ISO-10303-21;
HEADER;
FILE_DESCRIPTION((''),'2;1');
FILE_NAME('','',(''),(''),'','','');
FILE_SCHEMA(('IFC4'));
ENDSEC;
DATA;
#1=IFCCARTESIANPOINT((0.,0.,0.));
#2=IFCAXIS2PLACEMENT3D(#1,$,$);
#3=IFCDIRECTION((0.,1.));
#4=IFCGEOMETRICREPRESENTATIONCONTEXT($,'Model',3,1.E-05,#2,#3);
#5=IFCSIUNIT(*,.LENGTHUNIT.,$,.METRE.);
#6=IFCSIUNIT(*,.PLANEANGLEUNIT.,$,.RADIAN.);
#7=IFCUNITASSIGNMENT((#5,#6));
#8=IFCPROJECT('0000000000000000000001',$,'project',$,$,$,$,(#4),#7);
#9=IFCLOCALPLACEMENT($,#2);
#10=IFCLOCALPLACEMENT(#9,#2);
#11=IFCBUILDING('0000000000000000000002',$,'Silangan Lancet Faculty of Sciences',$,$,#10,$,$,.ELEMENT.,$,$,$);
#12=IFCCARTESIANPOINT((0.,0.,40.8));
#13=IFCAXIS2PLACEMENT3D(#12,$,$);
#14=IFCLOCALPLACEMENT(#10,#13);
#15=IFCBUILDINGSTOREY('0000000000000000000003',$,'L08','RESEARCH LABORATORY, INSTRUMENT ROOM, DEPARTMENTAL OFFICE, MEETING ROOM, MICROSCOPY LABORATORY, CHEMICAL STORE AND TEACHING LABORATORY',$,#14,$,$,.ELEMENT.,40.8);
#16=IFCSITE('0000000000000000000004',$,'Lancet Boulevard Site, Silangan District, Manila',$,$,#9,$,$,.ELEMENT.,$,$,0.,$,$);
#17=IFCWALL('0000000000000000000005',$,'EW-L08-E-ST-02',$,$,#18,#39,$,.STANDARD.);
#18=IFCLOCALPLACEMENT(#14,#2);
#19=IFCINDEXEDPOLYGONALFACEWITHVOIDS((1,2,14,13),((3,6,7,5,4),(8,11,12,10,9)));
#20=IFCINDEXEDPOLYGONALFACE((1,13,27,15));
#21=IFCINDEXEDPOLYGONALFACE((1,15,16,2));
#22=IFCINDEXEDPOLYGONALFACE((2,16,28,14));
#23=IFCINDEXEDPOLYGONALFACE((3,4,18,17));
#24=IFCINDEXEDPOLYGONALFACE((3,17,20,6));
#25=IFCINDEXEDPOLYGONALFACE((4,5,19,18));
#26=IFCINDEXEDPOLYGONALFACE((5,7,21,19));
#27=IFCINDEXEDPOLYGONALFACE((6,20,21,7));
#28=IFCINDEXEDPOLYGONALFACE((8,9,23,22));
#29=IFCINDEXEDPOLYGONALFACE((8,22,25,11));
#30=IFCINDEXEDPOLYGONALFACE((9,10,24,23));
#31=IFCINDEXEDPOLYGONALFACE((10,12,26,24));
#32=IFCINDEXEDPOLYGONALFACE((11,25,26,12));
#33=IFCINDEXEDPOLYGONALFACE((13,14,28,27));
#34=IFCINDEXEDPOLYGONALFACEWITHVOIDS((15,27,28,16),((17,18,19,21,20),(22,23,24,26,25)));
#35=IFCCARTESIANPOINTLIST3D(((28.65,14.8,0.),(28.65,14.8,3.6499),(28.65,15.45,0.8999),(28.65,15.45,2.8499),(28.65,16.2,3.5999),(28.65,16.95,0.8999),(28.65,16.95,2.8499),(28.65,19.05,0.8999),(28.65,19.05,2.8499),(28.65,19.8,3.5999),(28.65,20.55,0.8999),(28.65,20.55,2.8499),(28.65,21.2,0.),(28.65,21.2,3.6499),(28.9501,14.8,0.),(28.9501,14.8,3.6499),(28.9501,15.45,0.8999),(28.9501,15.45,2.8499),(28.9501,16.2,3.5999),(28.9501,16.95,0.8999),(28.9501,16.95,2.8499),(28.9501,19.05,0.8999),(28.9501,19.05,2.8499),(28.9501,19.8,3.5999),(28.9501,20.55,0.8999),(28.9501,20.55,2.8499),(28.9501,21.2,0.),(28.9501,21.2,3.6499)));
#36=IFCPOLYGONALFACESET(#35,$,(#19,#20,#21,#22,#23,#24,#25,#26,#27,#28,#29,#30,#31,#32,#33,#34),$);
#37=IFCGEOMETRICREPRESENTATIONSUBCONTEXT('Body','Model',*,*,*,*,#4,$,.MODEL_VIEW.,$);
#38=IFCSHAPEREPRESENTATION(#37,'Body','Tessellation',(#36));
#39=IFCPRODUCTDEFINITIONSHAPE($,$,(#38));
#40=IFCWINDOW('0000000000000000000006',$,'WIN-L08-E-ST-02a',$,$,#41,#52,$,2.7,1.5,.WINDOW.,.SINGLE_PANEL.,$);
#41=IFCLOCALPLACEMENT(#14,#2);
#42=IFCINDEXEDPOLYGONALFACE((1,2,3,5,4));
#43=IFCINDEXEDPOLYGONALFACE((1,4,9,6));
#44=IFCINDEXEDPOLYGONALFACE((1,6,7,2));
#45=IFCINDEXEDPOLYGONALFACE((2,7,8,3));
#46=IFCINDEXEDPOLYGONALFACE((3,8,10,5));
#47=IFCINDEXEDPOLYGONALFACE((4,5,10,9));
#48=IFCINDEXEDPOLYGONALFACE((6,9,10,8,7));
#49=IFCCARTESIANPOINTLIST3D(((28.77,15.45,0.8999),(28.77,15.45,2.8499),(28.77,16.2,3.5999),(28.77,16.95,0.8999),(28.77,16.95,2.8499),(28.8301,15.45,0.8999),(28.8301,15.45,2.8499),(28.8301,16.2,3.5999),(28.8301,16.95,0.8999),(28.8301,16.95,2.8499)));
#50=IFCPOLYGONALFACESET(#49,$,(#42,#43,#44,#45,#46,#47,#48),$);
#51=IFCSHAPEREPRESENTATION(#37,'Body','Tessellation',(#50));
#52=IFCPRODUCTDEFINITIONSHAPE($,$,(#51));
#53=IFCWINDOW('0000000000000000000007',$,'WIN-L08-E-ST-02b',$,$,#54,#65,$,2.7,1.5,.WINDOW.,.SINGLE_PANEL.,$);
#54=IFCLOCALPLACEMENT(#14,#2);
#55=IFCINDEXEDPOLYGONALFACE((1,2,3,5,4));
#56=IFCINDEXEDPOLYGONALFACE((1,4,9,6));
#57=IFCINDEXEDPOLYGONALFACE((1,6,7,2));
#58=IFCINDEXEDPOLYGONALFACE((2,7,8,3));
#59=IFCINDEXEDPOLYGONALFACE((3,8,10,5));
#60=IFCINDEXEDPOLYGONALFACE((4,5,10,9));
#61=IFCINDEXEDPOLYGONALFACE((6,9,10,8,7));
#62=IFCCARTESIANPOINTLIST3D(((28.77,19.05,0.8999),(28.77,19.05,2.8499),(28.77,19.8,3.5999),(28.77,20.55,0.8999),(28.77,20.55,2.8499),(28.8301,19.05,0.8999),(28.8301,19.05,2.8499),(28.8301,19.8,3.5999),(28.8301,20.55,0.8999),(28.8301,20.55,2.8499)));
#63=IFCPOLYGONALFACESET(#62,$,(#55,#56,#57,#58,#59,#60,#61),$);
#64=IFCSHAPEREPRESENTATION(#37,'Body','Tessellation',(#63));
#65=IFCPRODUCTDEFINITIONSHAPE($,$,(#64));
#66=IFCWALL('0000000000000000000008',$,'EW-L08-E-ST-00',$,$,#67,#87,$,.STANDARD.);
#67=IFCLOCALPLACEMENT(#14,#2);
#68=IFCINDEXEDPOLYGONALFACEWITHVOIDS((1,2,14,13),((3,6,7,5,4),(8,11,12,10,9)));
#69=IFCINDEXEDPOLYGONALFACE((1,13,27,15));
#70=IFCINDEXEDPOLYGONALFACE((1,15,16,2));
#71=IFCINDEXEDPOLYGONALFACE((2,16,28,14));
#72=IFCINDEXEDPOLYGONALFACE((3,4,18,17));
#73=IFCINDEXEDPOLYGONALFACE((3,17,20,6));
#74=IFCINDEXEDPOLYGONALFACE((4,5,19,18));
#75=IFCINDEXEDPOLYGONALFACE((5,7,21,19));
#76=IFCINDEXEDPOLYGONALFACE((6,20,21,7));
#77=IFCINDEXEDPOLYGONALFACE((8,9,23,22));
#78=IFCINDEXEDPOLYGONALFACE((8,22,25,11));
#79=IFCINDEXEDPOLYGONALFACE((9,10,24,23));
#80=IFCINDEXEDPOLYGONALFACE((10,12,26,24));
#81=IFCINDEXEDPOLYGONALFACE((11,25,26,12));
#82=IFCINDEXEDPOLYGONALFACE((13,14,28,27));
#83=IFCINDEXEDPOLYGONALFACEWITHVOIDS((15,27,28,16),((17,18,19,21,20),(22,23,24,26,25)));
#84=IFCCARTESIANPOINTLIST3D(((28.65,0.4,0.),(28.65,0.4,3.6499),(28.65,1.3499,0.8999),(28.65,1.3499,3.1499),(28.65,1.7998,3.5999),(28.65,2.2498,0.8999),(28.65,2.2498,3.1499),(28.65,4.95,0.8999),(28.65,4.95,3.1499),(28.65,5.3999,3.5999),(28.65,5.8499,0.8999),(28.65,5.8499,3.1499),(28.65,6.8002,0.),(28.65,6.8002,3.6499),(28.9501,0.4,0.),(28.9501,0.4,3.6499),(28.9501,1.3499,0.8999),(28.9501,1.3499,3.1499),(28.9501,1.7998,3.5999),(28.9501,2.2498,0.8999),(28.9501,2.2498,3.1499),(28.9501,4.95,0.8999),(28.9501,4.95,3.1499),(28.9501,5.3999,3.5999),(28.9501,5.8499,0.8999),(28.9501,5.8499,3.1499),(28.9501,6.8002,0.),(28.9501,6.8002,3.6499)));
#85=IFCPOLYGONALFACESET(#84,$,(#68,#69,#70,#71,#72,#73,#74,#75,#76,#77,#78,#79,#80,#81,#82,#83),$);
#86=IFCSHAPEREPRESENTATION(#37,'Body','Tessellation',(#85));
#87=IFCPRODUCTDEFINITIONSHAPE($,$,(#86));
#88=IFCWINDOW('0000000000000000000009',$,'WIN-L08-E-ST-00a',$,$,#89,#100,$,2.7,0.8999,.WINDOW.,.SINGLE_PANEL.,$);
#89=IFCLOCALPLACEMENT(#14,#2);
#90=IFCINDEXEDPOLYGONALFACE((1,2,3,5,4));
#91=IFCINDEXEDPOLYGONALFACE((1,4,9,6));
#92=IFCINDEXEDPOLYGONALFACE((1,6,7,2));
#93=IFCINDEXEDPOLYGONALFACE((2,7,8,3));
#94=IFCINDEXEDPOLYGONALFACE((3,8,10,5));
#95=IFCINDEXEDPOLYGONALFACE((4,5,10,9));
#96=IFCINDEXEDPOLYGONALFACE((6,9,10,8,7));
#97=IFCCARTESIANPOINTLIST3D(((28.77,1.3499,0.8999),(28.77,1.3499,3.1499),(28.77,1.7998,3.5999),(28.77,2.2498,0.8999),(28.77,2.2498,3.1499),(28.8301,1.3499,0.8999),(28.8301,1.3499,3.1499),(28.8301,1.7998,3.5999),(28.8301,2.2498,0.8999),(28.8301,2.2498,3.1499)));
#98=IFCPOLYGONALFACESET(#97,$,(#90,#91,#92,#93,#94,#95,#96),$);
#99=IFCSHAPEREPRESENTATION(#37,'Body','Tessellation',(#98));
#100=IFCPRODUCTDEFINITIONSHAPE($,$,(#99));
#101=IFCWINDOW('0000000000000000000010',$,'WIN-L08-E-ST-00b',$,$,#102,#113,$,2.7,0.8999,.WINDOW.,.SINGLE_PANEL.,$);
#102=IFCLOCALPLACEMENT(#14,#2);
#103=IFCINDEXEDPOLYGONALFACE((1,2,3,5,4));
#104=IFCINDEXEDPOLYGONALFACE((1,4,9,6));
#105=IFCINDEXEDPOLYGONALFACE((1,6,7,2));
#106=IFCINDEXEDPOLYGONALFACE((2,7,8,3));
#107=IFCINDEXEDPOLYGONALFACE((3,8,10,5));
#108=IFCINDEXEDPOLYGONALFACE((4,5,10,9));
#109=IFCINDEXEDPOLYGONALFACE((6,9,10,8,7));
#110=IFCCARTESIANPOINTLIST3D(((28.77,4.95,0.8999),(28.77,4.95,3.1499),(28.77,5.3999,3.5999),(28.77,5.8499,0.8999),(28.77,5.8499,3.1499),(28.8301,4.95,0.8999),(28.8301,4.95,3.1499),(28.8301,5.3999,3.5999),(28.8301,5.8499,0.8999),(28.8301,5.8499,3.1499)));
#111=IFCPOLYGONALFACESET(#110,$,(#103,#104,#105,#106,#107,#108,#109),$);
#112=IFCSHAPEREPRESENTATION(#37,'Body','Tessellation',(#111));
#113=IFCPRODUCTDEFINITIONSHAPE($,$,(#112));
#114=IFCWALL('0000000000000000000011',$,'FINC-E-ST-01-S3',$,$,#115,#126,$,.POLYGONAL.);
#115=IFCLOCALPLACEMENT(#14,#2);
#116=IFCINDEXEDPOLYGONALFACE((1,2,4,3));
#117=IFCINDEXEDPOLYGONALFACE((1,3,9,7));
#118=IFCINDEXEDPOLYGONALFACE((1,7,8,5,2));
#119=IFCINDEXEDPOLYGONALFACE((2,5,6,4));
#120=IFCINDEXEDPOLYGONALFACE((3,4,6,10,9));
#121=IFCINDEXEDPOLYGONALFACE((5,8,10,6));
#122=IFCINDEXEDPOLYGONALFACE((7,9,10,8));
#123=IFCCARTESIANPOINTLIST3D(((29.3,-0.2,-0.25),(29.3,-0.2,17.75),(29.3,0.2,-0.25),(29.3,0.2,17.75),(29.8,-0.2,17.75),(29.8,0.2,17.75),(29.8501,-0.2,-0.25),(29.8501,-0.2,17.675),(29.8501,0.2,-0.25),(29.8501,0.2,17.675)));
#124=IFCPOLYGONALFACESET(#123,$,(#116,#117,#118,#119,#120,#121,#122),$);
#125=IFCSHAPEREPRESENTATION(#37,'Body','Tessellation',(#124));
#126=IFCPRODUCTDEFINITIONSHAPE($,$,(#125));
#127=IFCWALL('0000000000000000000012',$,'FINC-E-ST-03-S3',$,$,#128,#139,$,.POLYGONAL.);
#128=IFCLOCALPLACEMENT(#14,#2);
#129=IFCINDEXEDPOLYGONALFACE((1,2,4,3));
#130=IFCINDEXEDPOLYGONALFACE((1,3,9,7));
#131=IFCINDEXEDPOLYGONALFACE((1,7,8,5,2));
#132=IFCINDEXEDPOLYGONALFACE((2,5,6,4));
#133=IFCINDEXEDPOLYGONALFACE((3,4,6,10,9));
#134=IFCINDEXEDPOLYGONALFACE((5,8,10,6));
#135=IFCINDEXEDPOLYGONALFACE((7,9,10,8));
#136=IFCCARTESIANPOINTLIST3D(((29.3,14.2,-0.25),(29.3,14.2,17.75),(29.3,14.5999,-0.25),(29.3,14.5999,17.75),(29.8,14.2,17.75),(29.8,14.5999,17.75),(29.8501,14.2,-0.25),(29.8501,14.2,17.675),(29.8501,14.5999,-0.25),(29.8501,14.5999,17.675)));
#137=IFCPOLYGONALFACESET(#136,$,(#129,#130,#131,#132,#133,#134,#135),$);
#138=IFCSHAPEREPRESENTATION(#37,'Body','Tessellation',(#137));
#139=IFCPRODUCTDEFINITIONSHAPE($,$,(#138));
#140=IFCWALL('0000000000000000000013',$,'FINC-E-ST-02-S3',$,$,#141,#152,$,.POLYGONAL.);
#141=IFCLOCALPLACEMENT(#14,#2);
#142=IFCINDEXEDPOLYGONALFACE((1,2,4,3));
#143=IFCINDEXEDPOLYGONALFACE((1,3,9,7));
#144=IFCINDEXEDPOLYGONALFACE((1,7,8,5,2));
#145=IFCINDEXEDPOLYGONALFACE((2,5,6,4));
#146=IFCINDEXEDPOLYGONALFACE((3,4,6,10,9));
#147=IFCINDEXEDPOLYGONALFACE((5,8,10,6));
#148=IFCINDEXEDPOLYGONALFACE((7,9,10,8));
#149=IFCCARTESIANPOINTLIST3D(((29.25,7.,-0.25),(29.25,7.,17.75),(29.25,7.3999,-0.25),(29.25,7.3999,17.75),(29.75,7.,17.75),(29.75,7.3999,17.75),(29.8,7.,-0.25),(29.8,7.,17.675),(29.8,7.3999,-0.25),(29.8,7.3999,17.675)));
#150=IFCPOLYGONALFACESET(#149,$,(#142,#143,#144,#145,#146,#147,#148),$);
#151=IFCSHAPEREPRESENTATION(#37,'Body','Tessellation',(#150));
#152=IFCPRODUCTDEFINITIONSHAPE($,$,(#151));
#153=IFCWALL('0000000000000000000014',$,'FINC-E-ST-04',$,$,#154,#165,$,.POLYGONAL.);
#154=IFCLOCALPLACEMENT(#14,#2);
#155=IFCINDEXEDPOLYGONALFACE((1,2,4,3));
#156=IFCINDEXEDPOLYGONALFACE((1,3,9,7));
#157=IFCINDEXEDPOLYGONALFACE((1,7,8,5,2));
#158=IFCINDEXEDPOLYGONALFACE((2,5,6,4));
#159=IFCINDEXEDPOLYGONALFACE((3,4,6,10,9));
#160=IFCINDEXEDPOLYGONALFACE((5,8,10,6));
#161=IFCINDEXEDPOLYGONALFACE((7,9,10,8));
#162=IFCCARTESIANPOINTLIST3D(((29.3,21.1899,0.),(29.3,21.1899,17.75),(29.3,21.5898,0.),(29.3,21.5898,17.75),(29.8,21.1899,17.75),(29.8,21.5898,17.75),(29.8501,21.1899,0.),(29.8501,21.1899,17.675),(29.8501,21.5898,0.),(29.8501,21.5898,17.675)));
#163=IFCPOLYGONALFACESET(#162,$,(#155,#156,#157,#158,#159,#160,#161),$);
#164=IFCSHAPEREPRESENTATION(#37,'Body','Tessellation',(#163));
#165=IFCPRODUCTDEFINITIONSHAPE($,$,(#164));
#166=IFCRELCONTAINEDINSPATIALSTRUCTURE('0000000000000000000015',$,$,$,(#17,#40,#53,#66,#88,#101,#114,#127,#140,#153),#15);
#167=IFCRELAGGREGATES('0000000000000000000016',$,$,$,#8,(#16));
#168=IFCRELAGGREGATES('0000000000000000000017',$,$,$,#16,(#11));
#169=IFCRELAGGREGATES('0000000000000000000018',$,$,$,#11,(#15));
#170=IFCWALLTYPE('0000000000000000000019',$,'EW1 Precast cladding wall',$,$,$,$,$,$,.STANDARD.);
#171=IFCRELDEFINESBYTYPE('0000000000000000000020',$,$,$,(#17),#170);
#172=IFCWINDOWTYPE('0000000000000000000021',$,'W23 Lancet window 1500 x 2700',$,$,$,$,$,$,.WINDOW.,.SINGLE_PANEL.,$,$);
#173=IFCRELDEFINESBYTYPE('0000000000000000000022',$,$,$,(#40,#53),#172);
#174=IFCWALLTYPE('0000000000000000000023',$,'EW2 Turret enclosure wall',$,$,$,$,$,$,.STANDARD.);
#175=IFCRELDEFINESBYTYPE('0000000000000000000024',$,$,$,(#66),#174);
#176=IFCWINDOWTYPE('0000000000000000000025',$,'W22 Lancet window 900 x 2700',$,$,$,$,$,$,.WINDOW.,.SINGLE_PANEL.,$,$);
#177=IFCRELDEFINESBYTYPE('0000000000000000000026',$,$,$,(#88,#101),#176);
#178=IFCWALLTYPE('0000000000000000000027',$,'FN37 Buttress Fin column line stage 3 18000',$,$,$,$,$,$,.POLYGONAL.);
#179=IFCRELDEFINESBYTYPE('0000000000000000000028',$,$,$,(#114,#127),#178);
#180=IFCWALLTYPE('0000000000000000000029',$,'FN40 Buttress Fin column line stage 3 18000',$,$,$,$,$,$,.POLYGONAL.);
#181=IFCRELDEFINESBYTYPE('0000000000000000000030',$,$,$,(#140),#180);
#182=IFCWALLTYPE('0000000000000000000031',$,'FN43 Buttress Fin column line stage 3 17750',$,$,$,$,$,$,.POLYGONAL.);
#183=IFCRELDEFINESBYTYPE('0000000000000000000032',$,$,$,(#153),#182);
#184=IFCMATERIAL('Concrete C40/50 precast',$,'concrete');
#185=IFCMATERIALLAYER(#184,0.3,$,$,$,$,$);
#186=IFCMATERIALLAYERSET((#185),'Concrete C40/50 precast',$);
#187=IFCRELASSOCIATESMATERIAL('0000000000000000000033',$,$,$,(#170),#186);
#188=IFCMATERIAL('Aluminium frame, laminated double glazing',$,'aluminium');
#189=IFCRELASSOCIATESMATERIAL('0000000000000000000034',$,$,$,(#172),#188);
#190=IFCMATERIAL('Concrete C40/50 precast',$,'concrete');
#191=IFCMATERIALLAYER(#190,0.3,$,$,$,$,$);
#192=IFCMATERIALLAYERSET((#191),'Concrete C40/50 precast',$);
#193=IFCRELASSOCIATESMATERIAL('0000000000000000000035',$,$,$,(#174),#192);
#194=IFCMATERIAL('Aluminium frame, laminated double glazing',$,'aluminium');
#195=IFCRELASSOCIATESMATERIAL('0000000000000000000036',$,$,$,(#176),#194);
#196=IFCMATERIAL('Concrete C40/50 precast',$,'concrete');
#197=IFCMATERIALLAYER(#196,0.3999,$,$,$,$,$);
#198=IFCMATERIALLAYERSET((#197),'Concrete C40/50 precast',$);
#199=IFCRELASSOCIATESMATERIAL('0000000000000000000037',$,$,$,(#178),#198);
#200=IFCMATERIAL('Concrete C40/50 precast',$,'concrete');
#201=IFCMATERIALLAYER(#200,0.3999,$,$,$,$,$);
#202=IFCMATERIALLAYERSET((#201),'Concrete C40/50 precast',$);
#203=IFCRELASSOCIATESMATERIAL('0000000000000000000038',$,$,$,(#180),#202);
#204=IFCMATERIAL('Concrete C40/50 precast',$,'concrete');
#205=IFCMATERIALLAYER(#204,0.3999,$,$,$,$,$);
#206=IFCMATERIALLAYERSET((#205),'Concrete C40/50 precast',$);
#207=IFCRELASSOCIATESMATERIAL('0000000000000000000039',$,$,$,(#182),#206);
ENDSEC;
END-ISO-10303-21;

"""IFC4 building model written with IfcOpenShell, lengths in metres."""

from ifc_helpers import new_model, si_unit, direction, frame, frame_2d, origin, place, context, subcontext, project, spatial, polyline, rectangle, outline, extrude, material, layer, layer_set, type_object, element, fill, save


model = new_model("IFC4")

# Units and contexts
model_context = context("Model", 3, precision=1e-05, world=origin(), true_north=direction((0.0, 1.0)))
body_context = subcontext(model_context, "Body", "Model", "MODEL_VIEW")
ifc_project = project(units=[si_unit("LENGTHUNIT", "METRE"), si_unit("PLANEANGLEUNIT", "RADIAN")], contexts=[model_context])

# Site, building, storey
site_placement = place(None, origin())
site = spatial("IfcSite", under=ifc_project, at=site_placement, Name="Lancet Boulevard Site, Silangan District, Manila", CompositionType="ELEMENT", RefElevation=0.0)
building_placement = place(site_placement, origin())
building = spatial("IfcBuilding", under=site, at=building_placement, Name="Silangan Lancet Faculty of Sciences", CompositionType="ELEMENT")
storey_placement = place(building_placement, frame((0.0, 0.0, 40.8)))
storey = spatial("IfcBuildingStorey", under=building, at=storey_placement, Name="L08", Description="RESEARCH LABORATORY, INSTRUMENT ROOM, DEPARTMENTAL OFFICE, MEETING ROOM, MICROSCOPY LABORATORY, CHEMICAL STORE AND TEACHING LABORATORY", CompositionType="ELEMENT", Elevation=40.8)

# Shared definitions
ifc_material_1 = material(Name="Concrete C40/50 precast", Category="concrete")
ifc_layer_1 = layer(ifc_material_1, 0.3)
ifc_layer_set_1 = layer_set([ifc_layer_1], Name="Concrete C40/50 precast")
wall_type_1 = type_object("IfcWallType", Name="EW1 Precast cladding wall", PredefinedType="STANDARD", material=ifc_layer_set_1)
ifc_material_2 = material(Name="Aluminium frame, laminated double glazing", Category="aluminium")
window_type_1 = type_object("IfcWindowType", Name="W23 Lancet window 1500 x 2700", PartitioningType="SINGLE_PANEL", PredefinedType="WINDOW", material=ifc_material_2)

# Walls, openings, windows
wall_1_placement = place(storey_placement, frame((28.8, 14.8, 0.0), z_axis=(0.0, 0.0, 1.0), x_axis=(0.0, 1.0, 0.0)))
wall_1 = element("IfcWall", 1, at=wall_1_placement, inside=storey, type_object=wall_type_1, Name="EW-L08-E-ST-02", PredefinedType="STANDARD", context=body_context, shape_type="SweptSolid", body=[
    extrude(rectangle(XDim=6.3999, YDim=0.3, at=frame_2d((3.2, 0.0))), origin(), (0.0, 0.0, 1.0), 3.6499),
])
opening_1_placement = place(wall_1_placement, frame((0.6499, 0.0, 0.8999)))
opening_1 = element("IfcOpeningElement", 2, at=opening_1_placement, cuts=wall_1, PredefinedType="OPENING", context=body_context, shape_type="SweptSolid", body=[
    extrude(outline(polyline([(0.0, 0.0), (1.5, 0.0), (1.5, 1.95), (0.75, 2.7), (0.0, 1.95), (0.0, 0.0)])), frame((0.0, 0.1599, 0.0), z_axis=(0.0, -1.0, 0.0), x_axis=(1.0, 0.0, 0.0)), (0.0, 0.0, 1.0), 0.3201),
])
opening_2_placement = place(wall_1_placement, frame((4.25, 0.0, 0.8999)))
opening_2 = element("IfcOpeningElement", 3, at=opening_2_placement, cuts=wall_1, PredefinedType="OPENING", context=body_context, shape_type="SweptSolid", body=[
    extrude(outline(polyline([(0.0, 0.0), (1.5, 0.0), (1.5, 1.95), (0.75, 2.7), (0.0, 1.95), (0.0, 0.0)])), frame((0.0, 0.1599, 0.0), z_axis=(0.0, -1.0, 0.0), x_axis=(1.0, 0.0, 0.0)), (0.0, 0.0, 1.0), 0.3201),
])
window_1_placement = place(opening_1_placement, origin())
window_1 = element("IfcWindow", 4, at=window_1_placement, inside=storey, type_object=window_type_1, Name="WIN-L08-E-ST-02a", OverallHeight=2.7, OverallWidth=1.5, PartitioningType="SINGLE_PANEL", PredefinedType="WINDOW", context=body_context, shape_type="SweptSolid", body=[
    extrude(outline(polyline([(0.0, 0.0), (1.5, 0.0), (1.5, 1.95), (0.75, 2.7), (0.0, 1.95), (0.0, 0.0)])), frame((0.0, 0.03, 0.0), z_axis=(0.0, -1.0, 0.0), x_axis=(1.0, 0.0, 0.0)), (0.0, 0.0, 1.0), 0.0601),
])
fill(opening_1, window_1)
window_2_placement = place(opening_2_placement, origin())
window_2 = element("IfcWindow", 5, at=window_2_placement, inside=storey, type_object=window_type_1, Name="WIN-L08-E-ST-02b", OverallHeight=2.7, OverallWidth=1.5, PartitioningType="SINGLE_PANEL", PredefinedType="WINDOW", context=body_context, shape_type="SweptSolid", body=[
    extrude(outline(polyline([(0.0, 0.0), (1.5, 0.0), (1.5, 1.95), (0.75, 2.7), (0.0, 1.95), (0.0, 0.0)])), frame((0.0, 0.03, 0.0), z_axis=(0.0, -1.0, 0.0), x_axis=(1.0, 0.0, 0.0)), (0.0, 0.0, 1.0), 0.0601),
])
fill(opening_2, window_2)
ifc_material_3 = material(Name="Concrete C40/50 precast", Category="concrete")
ifc_layer_2 = layer(ifc_material_3, 0.3)
ifc_layer_set_2 = layer_set([ifc_layer_2], Name="Concrete C40/50 precast")
wall_type_2 = type_object("IfcWallType", Name="EW2 Turret enclosure wall", PredefinedType="STANDARD", material=ifc_layer_set_2)
wall_2_placement = place(storey_placement, frame((28.8, 0.3999, 0.0), z_axis=(0.0, 0.0, 1.0), x_axis=(0.0, 1.0, 0.0)))
wall_2 = element("IfcWall", 6, at=wall_2_placement, inside=storey, type_object=wall_type_2, Name="EW-L08-E-ST-00", PredefinedType="STANDARD", context=body_context, shape_type="SweptSolid", body=[
    extrude(rectangle(XDim=6.4001, YDim=0.3, at=frame_2d((3.2002, 0.0))), origin(), (0.0, 0.0, 1.0), 3.6499),
])
opening_3_placement = place(wall_2_placement, frame((0.95, 0.0, 0.8999)))
opening_3 = element("IfcOpeningElement", 7, at=opening_3_placement, cuts=wall_2, PredefinedType="OPENING", context=body_context, shape_type="SweptSolid", body=[
    extrude(outline(polyline([(0.0, 0.0), (0.8999, 0.0), (0.8999, 2.25), (0.45, 2.7), (0.0, 2.25), (0.0, 0.0)])), frame((0.0, 0.1599, 0.0), z_axis=(0.0, -1.0, 0.0), x_axis=(1.0, 0.0, 0.0)), (0.0, 0.0, 1.0), 0.3201),
])
opening_4_placement = place(wall_2_placement, frame((4.55, 0.0, 0.8999)))
opening_4 = element("IfcOpeningElement", 8, at=opening_4_placement, cuts=wall_2, PredefinedType="OPENING", context=body_context, shape_type="SweptSolid", body=[
    extrude(outline(polyline([(0.0, 0.0), (0.8999, 0.0), (0.8999, 2.25), (0.45, 2.7), (0.0, 2.25), (0.0, 0.0)])), frame((0.0, 0.1599, 0.0), z_axis=(0.0, -1.0, 0.0), x_axis=(1.0, 0.0, 0.0)), (0.0, 0.0, 1.0), 0.3201),
])
ifc_material_4 = material(Name="Aluminium frame, laminated double glazing", Category="aluminium")
window_type_2 = type_object("IfcWindowType", Name="W22 Lancet window 900 x 2700", PartitioningType="SINGLE_PANEL", PredefinedType="WINDOW", material=ifc_material_4)
window_3_placement = place(opening_3_placement, origin())
window_3 = element("IfcWindow", 9, at=window_3_placement, inside=storey, type_object=window_type_2, Name="WIN-L08-E-ST-00a", OverallHeight=2.7, OverallWidth=0.8999, PartitioningType="SINGLE_PANEL", PredefinedType="WINDOW", context=body_context, shape_type="SweptSolid", body=[
    extrude(outline(polyline([(0.0, 0.0), (0.8999, 0.0), (0.8999, 2.25), (0.45, 2.7), (0.0, 2.25), (0.0, 0.0)])), frame((0.0, 0.03, 0.0), z_axis=(0.0, -1.0, 0.0), x_axis=(1.0, 0.0, 0.0)), (0.0, 0.0, 1.0), 0.0601),
])
fill(opening_3, window_3)
window_4_placement = place(opening_4_placement, origin())
window_4 = element("IfcWindow", 10, at=window_4_placement, inside=storey, type_object=window_type_2, Name="WIN-L08-E-ST-00b", OverallHeight=2.7, OverallWidth=0.8999, PartitioningType="SINGLE_PANEL", PredefinedType="WINDOW", context=body_context, shape_type="SweptSolid", body=[
    extrude(outline(polyline([(0.0, 0.0), (0.8999, 0.0), (0.8999, 2.25), (0.45, 2.7), (0.0, 2.25), (0.0, 0.0)])), frame((0.0, 0.03, 0.0), z_axis=(0.0, -1.0, 0.0), x_axis=(1.0, 0.0, 0.0)), (0.0, 0.0, 1.0), 0.0601),
])
fill(opening_4, window_4)

# Walls
ifc_material_5 = material(Name="Concrete C40/50 precast", Category="concrete")
ifc_layer_3 = layer(ifc_material_5, 0.3999)
ifc_layer_set_3 = layer_set([ifc_layer_3], Name="Concrete C40/50 precast")
wall_type_3 = type_object("IfcWallType", Name="FN37 Buttress Fin column line stage 3 18000", PredefinedType="POLYGONAL", material=ifc_layer_set_3)
for number, where, z_axis, x_axis, name in (
    (11, (29.3, 0.0, -0.25), (0.0, 0.0, 1.0), (1.0, 0.0, 0.0), "FINC-E-ST-01-S3"),
    (12, (29.3, 14.3999, -0.25), (0.0, 0.0, 1.0), (1.0, 0.0, 0.0), "FINC-E-ST-03-S3"),
):
    element("IfcWall", number, at=place(storey_placement, frame(where, z_axis=z_axis, x_axis=x_axis)), inside=storey, type_object=wall_type_3, Name=name, PredefinedType="POLYGONAL", context=body_context, shape_type="SweptSolid", body=[
        extrude(outline(polyline([(0.55, 0.0), (0.55, 17.925), (0.5, 18.0), (0.0, 18.0), (0.0, 0.0), (0.55, 0.0)])), frame((0.0, 0.2, 0.0), z_axis=(0.0, -1.0, 0.0), x_axis=(1.0, 0.0, 0.0)), (0.0, 0.0, 1.0), 0.3999),
    ])
ifc_material_6 = material(Name="Concrete C40/50 precast", Category="concrete")
ifc_layer_4 = layer(ifc_material_6, 0.3999)
ifc_layer_set_4 = layer_set([ifc_layer_4], Name="Concrete C40/50 precast")
wall_type_4 = type_object("IfcWallType", Name="FN40 Buttress Fin column line stage 3 18000", PredefinedType="POLYGONAL", material=ifc_layer_set_4)
wall_3_placement = place(storey_placement, frame((29.25, 7.2, -0.25), z_axis=(0.0, 0.0, 1.0), x_axis=(1.0, 0.0, 0.0)))
element("IfcWall", 13, at=wall_3_placement, inside=storey, type_object=wall_type_4, Name="FINC-E-ST-02-S3", PredefinedType="POLYGONAL", context=body_context, shape_type="SweptSolid", body=[
    extrude(outline(polyline([(0.55, 0.0), (0.55, 17.925), (0.5, 18.0), (0.0, 18.0), (0.0, 0.0), (0.55, 0.0)])), frame((0.0, 0.2, 0.0), z_axis=(0.0, -1.0, 0.0), x_axis=(1.0, 0.0, 0.0)), (0.0, 0.0, 1.0), 0.3999),
])
ifc_material_7 = material(Name="Concrete C40/50 precast", Category="concrete")
ifc_layer_5 = layer(ifc_material_7, 0.3999)
ifc_layer_set_5 = layer_set([ifc_layer_5], Name="Concrete C40/50 precast")
wall_type_5 = type_object("IfcWallType", Name="FN43 Buttress Fin column line stage 3 17750", PredefinedType="POLYGONAL", material=ifc_layer_set_5)
wall_4_placement = place(storey_placement, frame((29.3, 21.3899, 0.0), z_axis=(0.0, 0.0, 1.0), x_axis=(1.0, 0.0, 0.0)))
element("IfcWall", 14, at=wall_4_placement, inside=storey, type_object=wall_type_5, Name="FINC-E-ST-04", PredefinedType="POLYGONAL", context=body_context, shape_type="SweptSolid", body=[
    extrude(outline(polyline([(0.55, 0.0), (0.55, 17.675), (0.5, 17.75), (0.0, 17.75), (0.0, 0.0), (0.55, 0.0)])), frame((0.0, 0.2, 0.0), z_axis=(0.0, -1.0, 0.0), x_axis=(1.0, 0.0, 0.0)), (0.0, 0.0, 1.0), 0.3999),
])

save(model, "model.ifc")
